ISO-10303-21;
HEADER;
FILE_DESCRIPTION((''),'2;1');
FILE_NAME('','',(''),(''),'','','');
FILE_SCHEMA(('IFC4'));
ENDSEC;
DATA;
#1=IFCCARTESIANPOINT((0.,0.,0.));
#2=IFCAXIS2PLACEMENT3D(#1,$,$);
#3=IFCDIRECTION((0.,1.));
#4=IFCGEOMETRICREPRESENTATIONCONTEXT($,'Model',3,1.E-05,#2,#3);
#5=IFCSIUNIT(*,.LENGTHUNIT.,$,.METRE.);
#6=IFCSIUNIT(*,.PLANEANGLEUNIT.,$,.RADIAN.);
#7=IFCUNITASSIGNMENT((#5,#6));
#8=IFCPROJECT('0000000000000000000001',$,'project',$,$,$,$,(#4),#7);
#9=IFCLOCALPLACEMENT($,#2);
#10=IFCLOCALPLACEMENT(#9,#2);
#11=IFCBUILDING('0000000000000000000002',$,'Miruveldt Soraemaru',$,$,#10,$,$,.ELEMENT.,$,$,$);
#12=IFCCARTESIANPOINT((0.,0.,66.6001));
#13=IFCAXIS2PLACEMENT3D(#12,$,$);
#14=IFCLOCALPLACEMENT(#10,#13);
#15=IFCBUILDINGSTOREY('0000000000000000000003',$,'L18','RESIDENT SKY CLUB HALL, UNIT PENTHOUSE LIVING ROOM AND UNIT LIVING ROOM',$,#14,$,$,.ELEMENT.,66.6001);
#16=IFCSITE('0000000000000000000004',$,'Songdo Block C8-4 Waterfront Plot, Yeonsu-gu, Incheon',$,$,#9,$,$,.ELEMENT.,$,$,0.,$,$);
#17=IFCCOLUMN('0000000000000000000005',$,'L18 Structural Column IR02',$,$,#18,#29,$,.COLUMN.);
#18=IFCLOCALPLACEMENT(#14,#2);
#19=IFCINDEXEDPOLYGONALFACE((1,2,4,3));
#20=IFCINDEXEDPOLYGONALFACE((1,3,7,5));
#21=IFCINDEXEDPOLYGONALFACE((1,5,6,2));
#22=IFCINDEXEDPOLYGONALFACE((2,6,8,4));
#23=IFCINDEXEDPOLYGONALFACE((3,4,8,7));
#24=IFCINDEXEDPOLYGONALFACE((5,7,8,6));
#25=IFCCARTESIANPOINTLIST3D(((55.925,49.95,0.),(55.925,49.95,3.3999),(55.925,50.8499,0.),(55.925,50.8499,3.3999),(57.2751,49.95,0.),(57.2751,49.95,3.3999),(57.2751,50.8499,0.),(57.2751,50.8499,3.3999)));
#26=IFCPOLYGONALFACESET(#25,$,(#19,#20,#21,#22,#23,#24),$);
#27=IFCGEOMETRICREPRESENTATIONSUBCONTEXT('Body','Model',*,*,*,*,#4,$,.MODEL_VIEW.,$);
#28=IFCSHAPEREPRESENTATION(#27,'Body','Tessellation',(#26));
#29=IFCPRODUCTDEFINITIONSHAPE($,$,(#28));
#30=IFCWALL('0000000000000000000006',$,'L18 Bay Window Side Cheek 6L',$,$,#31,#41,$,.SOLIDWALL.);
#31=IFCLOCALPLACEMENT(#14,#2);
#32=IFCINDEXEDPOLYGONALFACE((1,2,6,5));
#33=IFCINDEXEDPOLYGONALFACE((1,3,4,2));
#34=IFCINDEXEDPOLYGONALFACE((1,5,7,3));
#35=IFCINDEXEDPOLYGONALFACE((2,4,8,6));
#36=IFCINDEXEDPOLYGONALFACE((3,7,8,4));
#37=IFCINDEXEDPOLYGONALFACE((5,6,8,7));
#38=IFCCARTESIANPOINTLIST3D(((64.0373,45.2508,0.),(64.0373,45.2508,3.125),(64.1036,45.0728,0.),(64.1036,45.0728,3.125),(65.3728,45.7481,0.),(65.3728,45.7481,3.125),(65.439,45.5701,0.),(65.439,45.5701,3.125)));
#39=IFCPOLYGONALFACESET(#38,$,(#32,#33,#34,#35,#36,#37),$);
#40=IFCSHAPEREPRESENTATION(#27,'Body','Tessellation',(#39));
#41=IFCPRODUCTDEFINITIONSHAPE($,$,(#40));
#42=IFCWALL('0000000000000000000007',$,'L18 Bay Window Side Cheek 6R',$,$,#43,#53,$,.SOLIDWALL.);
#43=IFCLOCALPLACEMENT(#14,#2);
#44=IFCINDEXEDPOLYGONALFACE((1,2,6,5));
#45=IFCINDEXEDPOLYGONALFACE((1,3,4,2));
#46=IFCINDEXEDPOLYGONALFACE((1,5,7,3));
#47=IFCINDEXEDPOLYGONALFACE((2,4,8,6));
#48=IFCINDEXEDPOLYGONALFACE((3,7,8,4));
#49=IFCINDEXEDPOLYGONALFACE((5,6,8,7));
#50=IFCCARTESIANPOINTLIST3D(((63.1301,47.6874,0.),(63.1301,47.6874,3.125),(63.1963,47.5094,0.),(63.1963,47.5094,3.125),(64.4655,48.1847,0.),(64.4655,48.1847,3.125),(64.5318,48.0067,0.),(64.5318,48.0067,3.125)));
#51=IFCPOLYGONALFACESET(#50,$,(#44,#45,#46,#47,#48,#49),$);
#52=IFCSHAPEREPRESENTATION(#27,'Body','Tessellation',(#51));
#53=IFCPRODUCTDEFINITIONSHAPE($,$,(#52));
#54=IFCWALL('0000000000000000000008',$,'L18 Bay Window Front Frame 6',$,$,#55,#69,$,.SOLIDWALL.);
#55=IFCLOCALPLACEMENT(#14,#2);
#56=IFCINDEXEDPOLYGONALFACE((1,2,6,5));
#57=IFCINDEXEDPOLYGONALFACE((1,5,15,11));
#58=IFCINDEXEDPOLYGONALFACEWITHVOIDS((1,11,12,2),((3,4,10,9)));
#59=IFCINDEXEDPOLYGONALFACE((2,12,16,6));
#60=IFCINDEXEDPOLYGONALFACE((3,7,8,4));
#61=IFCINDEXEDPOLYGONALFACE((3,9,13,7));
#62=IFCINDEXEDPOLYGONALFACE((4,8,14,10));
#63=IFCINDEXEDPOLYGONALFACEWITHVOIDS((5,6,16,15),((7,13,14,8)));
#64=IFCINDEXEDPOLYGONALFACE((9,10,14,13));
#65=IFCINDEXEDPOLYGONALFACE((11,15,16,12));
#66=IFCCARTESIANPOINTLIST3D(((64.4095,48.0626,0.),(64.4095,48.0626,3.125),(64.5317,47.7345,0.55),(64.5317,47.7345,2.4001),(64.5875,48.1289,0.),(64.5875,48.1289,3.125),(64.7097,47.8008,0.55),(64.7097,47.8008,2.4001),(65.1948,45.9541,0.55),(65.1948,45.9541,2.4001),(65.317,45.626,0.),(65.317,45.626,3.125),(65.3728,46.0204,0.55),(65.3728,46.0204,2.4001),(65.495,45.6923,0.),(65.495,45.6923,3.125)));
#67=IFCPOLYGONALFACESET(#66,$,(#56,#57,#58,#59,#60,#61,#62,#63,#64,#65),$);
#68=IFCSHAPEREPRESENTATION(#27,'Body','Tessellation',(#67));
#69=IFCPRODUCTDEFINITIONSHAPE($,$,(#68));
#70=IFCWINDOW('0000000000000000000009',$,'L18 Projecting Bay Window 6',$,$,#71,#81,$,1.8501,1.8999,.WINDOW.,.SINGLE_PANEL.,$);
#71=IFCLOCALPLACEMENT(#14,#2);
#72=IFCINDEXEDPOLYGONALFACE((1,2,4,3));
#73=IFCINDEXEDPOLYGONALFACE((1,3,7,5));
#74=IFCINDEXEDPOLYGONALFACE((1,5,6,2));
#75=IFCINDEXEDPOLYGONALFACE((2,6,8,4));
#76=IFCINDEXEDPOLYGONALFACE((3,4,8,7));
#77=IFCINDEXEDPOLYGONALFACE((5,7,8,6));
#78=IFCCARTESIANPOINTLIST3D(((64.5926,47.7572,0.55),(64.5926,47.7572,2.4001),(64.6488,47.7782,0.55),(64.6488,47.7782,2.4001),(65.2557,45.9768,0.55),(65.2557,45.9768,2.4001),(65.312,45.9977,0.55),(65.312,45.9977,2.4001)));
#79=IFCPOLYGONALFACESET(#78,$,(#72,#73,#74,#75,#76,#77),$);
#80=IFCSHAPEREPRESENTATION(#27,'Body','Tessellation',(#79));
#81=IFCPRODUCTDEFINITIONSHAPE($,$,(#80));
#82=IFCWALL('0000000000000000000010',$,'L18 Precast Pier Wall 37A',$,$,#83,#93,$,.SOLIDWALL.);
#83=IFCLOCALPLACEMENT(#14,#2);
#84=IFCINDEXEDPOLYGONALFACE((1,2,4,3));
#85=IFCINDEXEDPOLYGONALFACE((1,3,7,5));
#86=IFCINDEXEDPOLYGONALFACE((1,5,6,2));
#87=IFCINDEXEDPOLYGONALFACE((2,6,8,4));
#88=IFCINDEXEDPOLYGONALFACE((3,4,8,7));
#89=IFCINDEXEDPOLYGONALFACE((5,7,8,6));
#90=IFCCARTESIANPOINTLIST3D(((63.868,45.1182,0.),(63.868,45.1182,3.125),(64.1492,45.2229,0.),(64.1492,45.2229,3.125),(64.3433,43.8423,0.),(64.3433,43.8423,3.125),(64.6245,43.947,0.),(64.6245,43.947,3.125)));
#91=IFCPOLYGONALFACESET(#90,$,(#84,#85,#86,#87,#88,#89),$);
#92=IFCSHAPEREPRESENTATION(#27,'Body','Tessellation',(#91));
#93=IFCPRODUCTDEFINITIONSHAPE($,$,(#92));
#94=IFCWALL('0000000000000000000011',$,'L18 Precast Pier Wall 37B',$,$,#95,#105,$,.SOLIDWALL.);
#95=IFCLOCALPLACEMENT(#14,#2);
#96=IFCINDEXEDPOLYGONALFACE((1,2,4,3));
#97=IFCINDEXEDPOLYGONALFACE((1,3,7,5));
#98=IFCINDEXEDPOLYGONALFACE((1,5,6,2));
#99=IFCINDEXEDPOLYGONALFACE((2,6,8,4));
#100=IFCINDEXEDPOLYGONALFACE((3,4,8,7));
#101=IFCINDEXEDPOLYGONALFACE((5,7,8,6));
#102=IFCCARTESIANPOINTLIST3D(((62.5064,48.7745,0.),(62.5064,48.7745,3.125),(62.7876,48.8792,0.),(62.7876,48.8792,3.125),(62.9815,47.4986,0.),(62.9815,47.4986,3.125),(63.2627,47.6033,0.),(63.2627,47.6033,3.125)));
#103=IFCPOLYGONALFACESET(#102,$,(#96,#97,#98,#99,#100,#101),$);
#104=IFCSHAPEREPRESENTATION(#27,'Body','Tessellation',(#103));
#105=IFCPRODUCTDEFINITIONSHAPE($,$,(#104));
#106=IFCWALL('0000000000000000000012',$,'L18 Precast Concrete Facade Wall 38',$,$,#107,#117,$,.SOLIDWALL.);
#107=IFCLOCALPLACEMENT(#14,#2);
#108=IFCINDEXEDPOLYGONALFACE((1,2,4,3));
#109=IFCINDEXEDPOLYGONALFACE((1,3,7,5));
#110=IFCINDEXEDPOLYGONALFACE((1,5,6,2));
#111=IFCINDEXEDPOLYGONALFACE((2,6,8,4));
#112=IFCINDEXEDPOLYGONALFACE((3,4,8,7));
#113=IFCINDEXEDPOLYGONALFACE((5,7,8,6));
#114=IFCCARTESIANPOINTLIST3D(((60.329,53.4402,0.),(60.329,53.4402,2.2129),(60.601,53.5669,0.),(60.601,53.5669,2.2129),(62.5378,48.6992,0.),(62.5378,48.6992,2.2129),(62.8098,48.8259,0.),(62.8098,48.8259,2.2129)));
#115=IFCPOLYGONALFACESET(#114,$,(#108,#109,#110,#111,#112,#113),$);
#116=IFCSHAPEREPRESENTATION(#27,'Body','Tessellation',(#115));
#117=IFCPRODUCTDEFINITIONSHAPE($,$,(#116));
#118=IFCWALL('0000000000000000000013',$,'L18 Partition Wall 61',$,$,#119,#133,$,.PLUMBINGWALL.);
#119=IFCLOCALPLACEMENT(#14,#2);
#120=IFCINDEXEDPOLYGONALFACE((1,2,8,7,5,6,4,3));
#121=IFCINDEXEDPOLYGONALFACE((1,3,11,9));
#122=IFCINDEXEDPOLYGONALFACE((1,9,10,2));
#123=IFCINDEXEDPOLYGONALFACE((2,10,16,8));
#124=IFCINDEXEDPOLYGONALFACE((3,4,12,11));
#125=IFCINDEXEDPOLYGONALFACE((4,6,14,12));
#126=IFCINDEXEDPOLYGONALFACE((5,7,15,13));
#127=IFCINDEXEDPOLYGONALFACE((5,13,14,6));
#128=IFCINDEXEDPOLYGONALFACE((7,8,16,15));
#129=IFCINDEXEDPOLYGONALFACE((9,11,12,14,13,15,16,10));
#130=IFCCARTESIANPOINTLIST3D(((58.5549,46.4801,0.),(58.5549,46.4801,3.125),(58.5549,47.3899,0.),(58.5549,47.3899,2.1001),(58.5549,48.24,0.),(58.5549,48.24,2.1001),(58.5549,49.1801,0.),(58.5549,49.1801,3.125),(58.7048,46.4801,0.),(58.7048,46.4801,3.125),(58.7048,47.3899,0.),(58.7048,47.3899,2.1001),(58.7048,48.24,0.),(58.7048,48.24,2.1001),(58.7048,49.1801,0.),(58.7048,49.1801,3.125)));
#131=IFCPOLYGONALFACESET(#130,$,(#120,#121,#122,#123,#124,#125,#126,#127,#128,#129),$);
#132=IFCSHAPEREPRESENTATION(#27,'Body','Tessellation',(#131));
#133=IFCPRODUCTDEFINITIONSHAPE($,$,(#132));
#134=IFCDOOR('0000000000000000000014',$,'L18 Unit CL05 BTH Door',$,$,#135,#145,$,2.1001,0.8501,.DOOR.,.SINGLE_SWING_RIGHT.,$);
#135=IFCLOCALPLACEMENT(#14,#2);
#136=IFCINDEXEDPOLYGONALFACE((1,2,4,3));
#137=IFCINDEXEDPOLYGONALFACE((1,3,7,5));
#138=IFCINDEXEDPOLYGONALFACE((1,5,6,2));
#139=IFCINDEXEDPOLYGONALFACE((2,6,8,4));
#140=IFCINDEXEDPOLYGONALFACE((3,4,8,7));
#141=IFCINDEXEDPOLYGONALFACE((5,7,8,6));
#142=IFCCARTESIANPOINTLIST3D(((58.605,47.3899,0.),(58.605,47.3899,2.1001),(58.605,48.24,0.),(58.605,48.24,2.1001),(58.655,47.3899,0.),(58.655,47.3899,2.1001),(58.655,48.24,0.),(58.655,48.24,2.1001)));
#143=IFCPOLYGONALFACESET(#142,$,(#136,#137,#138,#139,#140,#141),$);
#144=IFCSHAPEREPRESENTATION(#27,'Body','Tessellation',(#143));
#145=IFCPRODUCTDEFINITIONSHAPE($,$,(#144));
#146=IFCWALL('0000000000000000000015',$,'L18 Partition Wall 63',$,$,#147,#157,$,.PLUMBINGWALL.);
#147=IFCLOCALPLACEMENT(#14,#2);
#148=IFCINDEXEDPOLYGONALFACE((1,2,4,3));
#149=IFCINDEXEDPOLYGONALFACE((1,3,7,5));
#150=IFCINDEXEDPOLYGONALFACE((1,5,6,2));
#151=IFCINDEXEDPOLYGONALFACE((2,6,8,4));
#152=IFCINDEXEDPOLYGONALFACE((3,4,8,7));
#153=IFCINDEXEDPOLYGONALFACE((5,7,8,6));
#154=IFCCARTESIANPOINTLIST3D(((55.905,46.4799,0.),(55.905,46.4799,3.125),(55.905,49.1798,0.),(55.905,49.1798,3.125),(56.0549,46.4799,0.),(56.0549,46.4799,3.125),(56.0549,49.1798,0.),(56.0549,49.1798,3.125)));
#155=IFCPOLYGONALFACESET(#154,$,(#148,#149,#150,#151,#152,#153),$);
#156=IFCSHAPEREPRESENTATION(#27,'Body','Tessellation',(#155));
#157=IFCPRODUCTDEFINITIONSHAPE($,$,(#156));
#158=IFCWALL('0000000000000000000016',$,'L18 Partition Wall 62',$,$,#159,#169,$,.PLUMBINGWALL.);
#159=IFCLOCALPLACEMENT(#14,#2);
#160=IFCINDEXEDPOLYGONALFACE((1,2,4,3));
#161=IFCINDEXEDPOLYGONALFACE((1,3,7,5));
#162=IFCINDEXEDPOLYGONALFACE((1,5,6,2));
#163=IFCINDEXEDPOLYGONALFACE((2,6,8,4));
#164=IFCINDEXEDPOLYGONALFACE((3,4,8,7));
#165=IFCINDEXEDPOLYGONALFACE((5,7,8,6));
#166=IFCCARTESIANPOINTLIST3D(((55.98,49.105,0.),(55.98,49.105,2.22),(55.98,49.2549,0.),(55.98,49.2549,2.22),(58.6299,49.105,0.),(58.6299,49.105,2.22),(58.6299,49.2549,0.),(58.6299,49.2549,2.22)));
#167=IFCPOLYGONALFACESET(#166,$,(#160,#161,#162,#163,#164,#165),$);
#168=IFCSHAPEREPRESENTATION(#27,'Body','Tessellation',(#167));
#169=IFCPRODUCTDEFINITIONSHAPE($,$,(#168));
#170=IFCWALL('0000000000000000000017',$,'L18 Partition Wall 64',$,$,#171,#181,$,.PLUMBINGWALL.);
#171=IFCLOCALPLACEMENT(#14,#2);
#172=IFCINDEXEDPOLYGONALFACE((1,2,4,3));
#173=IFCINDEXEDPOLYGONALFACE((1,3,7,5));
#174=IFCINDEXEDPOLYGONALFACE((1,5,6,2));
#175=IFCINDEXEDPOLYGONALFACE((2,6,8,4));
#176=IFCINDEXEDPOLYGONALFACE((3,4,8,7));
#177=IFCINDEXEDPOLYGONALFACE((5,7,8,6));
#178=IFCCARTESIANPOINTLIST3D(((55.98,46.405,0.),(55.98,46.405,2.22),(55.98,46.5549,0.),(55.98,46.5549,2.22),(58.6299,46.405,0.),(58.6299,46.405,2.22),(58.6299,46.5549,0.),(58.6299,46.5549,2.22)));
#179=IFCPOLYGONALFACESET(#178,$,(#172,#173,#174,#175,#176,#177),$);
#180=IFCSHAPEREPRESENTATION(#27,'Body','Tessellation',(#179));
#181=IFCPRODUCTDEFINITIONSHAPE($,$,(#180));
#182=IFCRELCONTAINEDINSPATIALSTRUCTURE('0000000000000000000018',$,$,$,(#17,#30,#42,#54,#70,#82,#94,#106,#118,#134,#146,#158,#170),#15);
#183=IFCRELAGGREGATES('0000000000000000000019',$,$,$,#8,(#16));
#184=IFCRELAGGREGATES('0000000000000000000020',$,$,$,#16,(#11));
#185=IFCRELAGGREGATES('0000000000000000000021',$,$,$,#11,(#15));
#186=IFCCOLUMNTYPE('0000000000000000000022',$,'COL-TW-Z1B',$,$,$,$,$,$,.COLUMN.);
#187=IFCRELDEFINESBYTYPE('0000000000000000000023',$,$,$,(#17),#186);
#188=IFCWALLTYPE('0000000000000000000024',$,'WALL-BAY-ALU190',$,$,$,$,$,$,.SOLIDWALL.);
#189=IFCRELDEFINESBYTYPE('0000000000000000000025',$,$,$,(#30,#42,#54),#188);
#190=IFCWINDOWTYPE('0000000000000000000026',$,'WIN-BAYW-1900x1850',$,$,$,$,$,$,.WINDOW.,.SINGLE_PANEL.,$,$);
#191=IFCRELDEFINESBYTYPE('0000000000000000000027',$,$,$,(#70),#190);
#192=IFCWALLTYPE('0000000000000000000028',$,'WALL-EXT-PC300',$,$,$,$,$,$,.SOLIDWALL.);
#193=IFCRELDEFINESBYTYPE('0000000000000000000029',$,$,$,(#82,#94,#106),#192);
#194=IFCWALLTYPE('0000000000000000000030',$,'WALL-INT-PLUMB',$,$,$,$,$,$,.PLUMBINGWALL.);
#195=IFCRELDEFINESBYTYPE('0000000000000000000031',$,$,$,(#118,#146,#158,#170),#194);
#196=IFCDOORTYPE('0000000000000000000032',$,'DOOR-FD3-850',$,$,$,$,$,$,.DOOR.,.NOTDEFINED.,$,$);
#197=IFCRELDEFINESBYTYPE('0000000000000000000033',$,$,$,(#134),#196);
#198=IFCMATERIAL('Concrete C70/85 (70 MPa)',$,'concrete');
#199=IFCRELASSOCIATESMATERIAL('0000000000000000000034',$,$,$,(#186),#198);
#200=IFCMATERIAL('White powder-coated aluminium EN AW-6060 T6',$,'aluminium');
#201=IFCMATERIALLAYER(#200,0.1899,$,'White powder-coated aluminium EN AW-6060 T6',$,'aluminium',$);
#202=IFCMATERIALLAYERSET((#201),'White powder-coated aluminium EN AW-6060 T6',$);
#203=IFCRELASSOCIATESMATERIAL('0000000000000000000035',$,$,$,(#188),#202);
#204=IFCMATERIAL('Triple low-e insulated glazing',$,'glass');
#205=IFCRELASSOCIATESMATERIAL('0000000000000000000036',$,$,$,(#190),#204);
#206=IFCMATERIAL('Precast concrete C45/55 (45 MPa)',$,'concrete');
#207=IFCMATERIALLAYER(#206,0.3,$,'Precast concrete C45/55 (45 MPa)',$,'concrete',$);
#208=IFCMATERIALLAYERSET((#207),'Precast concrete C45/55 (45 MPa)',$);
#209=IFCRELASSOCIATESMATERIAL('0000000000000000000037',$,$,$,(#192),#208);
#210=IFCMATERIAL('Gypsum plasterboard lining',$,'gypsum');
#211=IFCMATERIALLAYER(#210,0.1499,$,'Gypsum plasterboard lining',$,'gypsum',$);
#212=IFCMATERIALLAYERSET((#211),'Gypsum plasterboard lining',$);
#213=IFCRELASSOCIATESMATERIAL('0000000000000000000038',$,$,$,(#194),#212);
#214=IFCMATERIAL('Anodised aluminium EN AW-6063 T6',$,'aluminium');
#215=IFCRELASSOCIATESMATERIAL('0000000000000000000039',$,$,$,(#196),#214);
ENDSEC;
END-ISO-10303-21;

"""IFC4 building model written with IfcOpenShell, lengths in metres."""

from ifc_helpers import new_model, si_unit, direction, frame, frame_2d, origin, origin_2d, place, context, subcontext, project, spatial, rectangle, extrude, material, layer, layer_set, material_profile, profile_set, type_object, element, fill, save


model = new_model("IFC4")

# Units and contexts
model_context = context("Model", 3, precision=1e-05, world=origin(), true_north=direction((0.0, 1.0)))
body_context = subcontext(model_context, "Body", "Model", "MODEL_VIEW")
ifc_project = project(units=[si_unit("LENGTHUNIT", "METRE"), si_unit("PLANEANGLEUNIT", "RADIAN")], contexts=[model_context])

# Site, building, storey
site_placement = place(None, origin())
site = spatial("IfcSite", under=ifc_project, at=site_placement, Name="Songdo Block C8-4 Waterfront Plot, Yeonsu-gu, Incheon", CompositionType="ELEMENT", RefElevation=0.0)
building_placement = place(site_placement, origin())
building = spatial("IfcBuilding", under=site, at=building_placement, Name="Miruveldt Soraemaru", CompositionType="ELEMENT")
storey_placement = place(building_placement, frame((0.0, 0.0, 66.6001)))
storey = spatial("IfcBuildingStorey", under=building, at=storey_placement, Name="L18", Description="RESIDENT SKY CLUB HALL, UNIT PENTHOUSE LIVING ROOM AND UNIT LIVING ROOM", CompositionType="ELEMENT", Elevation=66.6001)

# Column
ifc_material_1 = material(Name="Concrete C70/85 (70 MPa)", Category="concrete")
ifc_material_profile = material_profile(ifc_material_1, rectangle(XDim=1.3501, YDim=0.8999, at=origin_2d()), Name="Concrete C70/85 (70 MPa)", Category="concrete")
ifc_profile_set = profile_set([ifc_material_profile], Name="Concrete C70/85 (70 MPa)")
column_type = type_object("IfcColumnType", Name="COL-TW-Z1B", PredefinedType="COLUMN", material=ifc_profile_set)
column_placement = place(storey_placement, frame((56.6001, 50.3999, 0.0), z_axis=(0.0, 0.0, 1.0), x_axis=(1.0, 0.0, 0.0)))
element("IfcColumn", 1, at=column_placement, inside=storey, type_object=column_type, Name="L18 Structural Column IR02", PredefinedType="COLUMN", context=body_context, shape_type="SweptSolid", body=[
    extrude(rectangle(XDim=1.3501, YDim=0.8999, at=origin_2d()), origin(), (0.0, 0.0, 1.0), 3.3999),
])

# Walls
ifc_material_2 = material(Name="White powder-coated aluminium EN AW-6060 T6", Category="aluminium")
ifc_layer_1 = layer(ifc_material_2, 0.1899, Name="White powder-coated aluminium EN AW-6060 T6", Category="aluminium")
ifc_layer_set_1 = layer_set([ifc_layer_1], Name="White powder-coated aluminium EN AW-6060 T6")
wall_type_1 = type_object("IfcWallType", Name="WALL-BAY-ALU190", PredefinedType="SOLIDWALL", material=ifc_layer_set_1)
for number, where, z_axis, x_axis, name in (
    (2, (64.0706, 45.1619, 0.0), (0.0, 0.0, 1.0), (0.937129, 0.348982, 0.0), "L18 Bay Window Side Cheek 6L"),
    (3, (64.4985, 48.0957, 0.0), (0.0, 0.0, 1.0), (-0.937129, -0.348982, 0.0), "L18 Bay Window Side Cheek 6R"),
):
    element("IfcWall", number, at=place(storey_placement, frame(where, z_axis=z_axis, x_axis=x_axis)), inside=storey, type_object=wall_type_1, Name=name, PredefinedType="SOLIDWALL", context=body_context, shape_type="SweptSolid", body=[
        extrude(rectangle(XDim=1.425, YDim=0.1899, at=frame_2d((0.7124, 0.0))), origin(), (0.0, 0.0, 1.0), 3.125),
    ])

# Wall, opening, window
wall_1_placement = place(storey_placement, frame((65.406, 45.6592, 0.0), z_axis=(0.0, 0.0, 1.0), x_axis=(-0.349023, 0.937114, 0.0)))
wall_1 = element("IfcWall", 4, at=wall_1_placement, inside=storey, type_object=wall_type_1, Name="L18 Bay Window Front Frame 6", PredefinedType="SOLIDWALL", context=body_context, shape_type="SweptSolid", body=[
    extrude(rectangle(XDim=2.6001, YDim=0.1899, at=frame_2d((1.3, 0.0))), origin(), (0.0, 0.0, 1.0), 3.125),
])
opening_1_placement = place(wall_1_placement, frame((0.3501, 0.0, 0.55)))
opening_1 = element("IfcOpeningElement", 5, at=opening_1_placement, cuts=wall_1, PredefinedType="OPENING", context=body_context, shape_type="SweptSolid", body=[
    extrude(rectangle(XDim=1.8999, YDim=1.8501, at=frame_2d((0.95, 0.925))), frame((0.0, 0.105, 0.0), z_axis=(0.0, -1.0, 0.0), x_axis=(1.0, 0.0, 0.0)), (0.0, 0.0, 1.0), 0.21),
])
ifc_material_3 = material(Name="Triple low-e insulated glazing", Category="glass")
window_type = type_object("IfcWindowType", Name="WIN-BAYW-1900x1850", PartitioningType="SINGLE_PANEL", PredefinedType="WINDOW", material=ifc_material_3)
window_placement = place(opening_1_placement, origin())
window = element("IfcWindow", 6, at=window_placement, inside=storey, type_object=window_type, Name="L18 Projecting Bay Window 6", OverallHeight=1.8501, OverallWidth=1.8999, PartitioningType="SINGLE_PANEL", PredefinedType="WINDOW", context=body_context, shape_type="SweptSolid", body=[
    extrude(rectangle(XDim=1.8999, YDim=1.8501, at=frame_2d((0.95, 0.925))), frame((0.0, 0.03, 0.0), z_axis=(0.0, -1.0, 0.0), x_axis=(1.0, 0.0, 0.0)), (0.0, 0.0, 1.0), 0.0601),
])
fill(opening_1, window)

# Walls
ifc_material_4 = material(Name="Precast concrete C45/55 (45 MPa)", Category="concrete")
ifc_layer_2 = layer(ifc_material_4, 0.3, Name="Precast concrete C45/55 (45 MPa)", Category="concrete")
ifc_layer_set_2 = layer_set([ifc_layer_2], Name="Precast concrete C45/55 (45 MPa)")
wall_type_2 = type_object("IfcWallType", Name="WALL-EXT-PC300", PredefinedType="SOLIDWALL", material=ifc_layer_set_2)
for number, where, z_axis, x_axis, name in (
    (7, (64.4839, 43.8948, 0.0), (0.0, 0.0, 1.0), (-0.349118, 0.937079, 0.0), "L18 Precast Pier Wall 37A"),
    (8, (63.1221, 47.551, 0.0), (0.0, 0.0, 1.0), (-0.348961, 0.937137, 0.0), "L18 Precast Pier Wall 37B"),
):
    element("IfcWall", number, at=place(storey_placement, frame(where, z_axis=z_axis, x_axis=x_axis)), inside=storey, type_object=wall_type_2, Name=name, PredefinedType="SOLIDWALL", context=body_context, shape_type="SweptSolid", body=[
        extrude(rectangle(XDim=1.3616, YDim=0.3, at=frame_2d((0.6807, 0.0))), origin(), (0.0, 0.0, 1.0), 3.125),
    ])
wall_2_placement = place(storey_placement, frame((62.6738, 48.7625, 0.0), z_axis=(0.0, 0.0, 1.0), x_axis=(-0.422303, 0.906455, 0.0)))
element("IfcWall", 9, at=wall_2_placement, inside=storey, type_object=wall_type_2, Name="L18 Precast Concrete Facade Wall 38", PredefinedType="SOLIDWALL", context=body_context, shape_type="SweptSolid", body=[
    extrude(rectangle(XDim=5.2302, YDim=0.3, at=frame_2d((2.6152, 0.0))), origin(), (0.0, 0.0, 1.0), 2.2129),
])

# Wall, opening, door
ifc_material_5 = material(Name="Gypsum plasterboard lining", Category="gypsum")
ifc_layer_3 = layer(ifc_material_5, 0.1499, Name="Gypsum plasterboard lining", Category="gypsum")
ifc_layer_set_3 = layer_set([ifc_layer_3], Name="Gypsum plasterboard lining")
wall_type_3 = type_object("IfcWallType", Name="WALL-INT-PLUMB", PredefinedType="PLUMBINGWALL", material=ifc_layer_set_3)
wall_3_placement = place(storey_placement, frame((58.6299, 46.48, 0.0), z_axis=(0.0, 0.0, 1.0), x_axis=(0.0, 1.0, 0.0)))
wall_3 = element("IfcWall", 10, at=wall_3_placement, inside=storey, type_object=wall_type_3, Name="L18 Partition Wall 61", PredefinedType="PLUMBINGWALL", context=body_context, shape_type="SweptSolid", body=[
    extrude(rectangle(XDim=2.7, YDim=0.1499, at=frame_2d((1.3501, 0.0))), origin(), (0.0, 0.0, 1.0), 3.125),
])
opening_2_placement = place(wall_3_placement, frame((0.9099, 0.0, 0.0)))
opening_2 = element("IfcOpeningElement", 11, at=opening_2_placement, cuts=wall_3, PredefinedType="OPENING", context=body_context, shape_type="SweptSolid", body=[
    extrude(rectangle(XDim=0.8501, YDim=2.1001, at=frame_2d((0.425, 1.05))), frame((0.0, 0.085, 0.0), z_axis=(0.0, -1.0, 0.0), x_axis=(1.0, 0.0, 0.0)), (0.0, 0.0, 1.0), 0.1699),
])
ifc_material_6 = material(Name="Anodised aluminium EN AW-6063 T6", Category="aluminium")
door_type_1 = type_object("IfcDoorType", Name="DOOR-FD3-850", OperationType="NOTDEFINED", PredefinedType="DOOR", material=ifc_material_6)
door_1_placement = place(opening_2_placement, origin())
door_1 = element("IfcDoor", 12, at=door_1_placement, inside=storey, type_object=door_type_1, Name="L18 Unit CL05 BTH Door", OperationType="SINGLE_SWING_RIGHT", OverallHeight=2.1001, OverallWidth=0.8501, PredefinedType="DOOR", context=body_context, shape_type="SweptSolid", body=[
    extrude(rectangle(XDim=0.8501, YDim=2.1001, at=frame_2d((0.425, 1.05))), frame((0.0, 0.0249, 0.0), z_axis=(0.0, -1.0, 0.0), x_axis=(1.0, 0.0, 0.0)), (0.0, 0.0, 1.0), 0.05),
])
fill(opening_2, door_1)

# Walls
wall_4_placement = place(storey_placement, frame((55.98, 49.1799, 0.0), z_axis=(0.0, 0.0, 1.0), x_axis=(0.0, -1.0, 0.0)))
element("IfcWall", 13, at=wall_4_placement, inside=storey, type_object=wall_type_3, Name="L18 Partition Wall 63", PredefinedType="PLUMBINGWALL", context=body_context, shape_type="SweptSolid", body=[
    extrude(rectangle(XDim=2.7, YDim=0.1499, at=frame_2d((1.3501, 0.0))), origin(), (0.0, 0.0, 1.0), 3.125),
])
for number, where, z_axis, x_axis, name in (
    (14, (58.6299, 49.1799, 0.0), (0.0, 0.0, 1.0), (-1.0, 0.0, 0.0), "L18 Partition Wall 62"),
    (15, (55.98, 46.48, 0.0), (0.0, 0.0, 1.0), (1.0, 0.0, 0.0), "L18 Partition Wall 64"),
):
    element("IfcWall", number, at=place(storey_placement, frame(where, z_axis=z_axis, x_axis=x_axis)), inside=storey, type_object=wall_type_3, Name=name, PredefinedType="PLUMBINGWALL", context=body_context, shape_type="SweptSolid", body=[
        extrude(rectangle(XDim=2.6499, YDim=0.1499, at=frame_2d((1.325, 0.0))), origin(), (0.0, 0.0, 1.0), 2.22),
    ])

save(model, "model.ifc")
